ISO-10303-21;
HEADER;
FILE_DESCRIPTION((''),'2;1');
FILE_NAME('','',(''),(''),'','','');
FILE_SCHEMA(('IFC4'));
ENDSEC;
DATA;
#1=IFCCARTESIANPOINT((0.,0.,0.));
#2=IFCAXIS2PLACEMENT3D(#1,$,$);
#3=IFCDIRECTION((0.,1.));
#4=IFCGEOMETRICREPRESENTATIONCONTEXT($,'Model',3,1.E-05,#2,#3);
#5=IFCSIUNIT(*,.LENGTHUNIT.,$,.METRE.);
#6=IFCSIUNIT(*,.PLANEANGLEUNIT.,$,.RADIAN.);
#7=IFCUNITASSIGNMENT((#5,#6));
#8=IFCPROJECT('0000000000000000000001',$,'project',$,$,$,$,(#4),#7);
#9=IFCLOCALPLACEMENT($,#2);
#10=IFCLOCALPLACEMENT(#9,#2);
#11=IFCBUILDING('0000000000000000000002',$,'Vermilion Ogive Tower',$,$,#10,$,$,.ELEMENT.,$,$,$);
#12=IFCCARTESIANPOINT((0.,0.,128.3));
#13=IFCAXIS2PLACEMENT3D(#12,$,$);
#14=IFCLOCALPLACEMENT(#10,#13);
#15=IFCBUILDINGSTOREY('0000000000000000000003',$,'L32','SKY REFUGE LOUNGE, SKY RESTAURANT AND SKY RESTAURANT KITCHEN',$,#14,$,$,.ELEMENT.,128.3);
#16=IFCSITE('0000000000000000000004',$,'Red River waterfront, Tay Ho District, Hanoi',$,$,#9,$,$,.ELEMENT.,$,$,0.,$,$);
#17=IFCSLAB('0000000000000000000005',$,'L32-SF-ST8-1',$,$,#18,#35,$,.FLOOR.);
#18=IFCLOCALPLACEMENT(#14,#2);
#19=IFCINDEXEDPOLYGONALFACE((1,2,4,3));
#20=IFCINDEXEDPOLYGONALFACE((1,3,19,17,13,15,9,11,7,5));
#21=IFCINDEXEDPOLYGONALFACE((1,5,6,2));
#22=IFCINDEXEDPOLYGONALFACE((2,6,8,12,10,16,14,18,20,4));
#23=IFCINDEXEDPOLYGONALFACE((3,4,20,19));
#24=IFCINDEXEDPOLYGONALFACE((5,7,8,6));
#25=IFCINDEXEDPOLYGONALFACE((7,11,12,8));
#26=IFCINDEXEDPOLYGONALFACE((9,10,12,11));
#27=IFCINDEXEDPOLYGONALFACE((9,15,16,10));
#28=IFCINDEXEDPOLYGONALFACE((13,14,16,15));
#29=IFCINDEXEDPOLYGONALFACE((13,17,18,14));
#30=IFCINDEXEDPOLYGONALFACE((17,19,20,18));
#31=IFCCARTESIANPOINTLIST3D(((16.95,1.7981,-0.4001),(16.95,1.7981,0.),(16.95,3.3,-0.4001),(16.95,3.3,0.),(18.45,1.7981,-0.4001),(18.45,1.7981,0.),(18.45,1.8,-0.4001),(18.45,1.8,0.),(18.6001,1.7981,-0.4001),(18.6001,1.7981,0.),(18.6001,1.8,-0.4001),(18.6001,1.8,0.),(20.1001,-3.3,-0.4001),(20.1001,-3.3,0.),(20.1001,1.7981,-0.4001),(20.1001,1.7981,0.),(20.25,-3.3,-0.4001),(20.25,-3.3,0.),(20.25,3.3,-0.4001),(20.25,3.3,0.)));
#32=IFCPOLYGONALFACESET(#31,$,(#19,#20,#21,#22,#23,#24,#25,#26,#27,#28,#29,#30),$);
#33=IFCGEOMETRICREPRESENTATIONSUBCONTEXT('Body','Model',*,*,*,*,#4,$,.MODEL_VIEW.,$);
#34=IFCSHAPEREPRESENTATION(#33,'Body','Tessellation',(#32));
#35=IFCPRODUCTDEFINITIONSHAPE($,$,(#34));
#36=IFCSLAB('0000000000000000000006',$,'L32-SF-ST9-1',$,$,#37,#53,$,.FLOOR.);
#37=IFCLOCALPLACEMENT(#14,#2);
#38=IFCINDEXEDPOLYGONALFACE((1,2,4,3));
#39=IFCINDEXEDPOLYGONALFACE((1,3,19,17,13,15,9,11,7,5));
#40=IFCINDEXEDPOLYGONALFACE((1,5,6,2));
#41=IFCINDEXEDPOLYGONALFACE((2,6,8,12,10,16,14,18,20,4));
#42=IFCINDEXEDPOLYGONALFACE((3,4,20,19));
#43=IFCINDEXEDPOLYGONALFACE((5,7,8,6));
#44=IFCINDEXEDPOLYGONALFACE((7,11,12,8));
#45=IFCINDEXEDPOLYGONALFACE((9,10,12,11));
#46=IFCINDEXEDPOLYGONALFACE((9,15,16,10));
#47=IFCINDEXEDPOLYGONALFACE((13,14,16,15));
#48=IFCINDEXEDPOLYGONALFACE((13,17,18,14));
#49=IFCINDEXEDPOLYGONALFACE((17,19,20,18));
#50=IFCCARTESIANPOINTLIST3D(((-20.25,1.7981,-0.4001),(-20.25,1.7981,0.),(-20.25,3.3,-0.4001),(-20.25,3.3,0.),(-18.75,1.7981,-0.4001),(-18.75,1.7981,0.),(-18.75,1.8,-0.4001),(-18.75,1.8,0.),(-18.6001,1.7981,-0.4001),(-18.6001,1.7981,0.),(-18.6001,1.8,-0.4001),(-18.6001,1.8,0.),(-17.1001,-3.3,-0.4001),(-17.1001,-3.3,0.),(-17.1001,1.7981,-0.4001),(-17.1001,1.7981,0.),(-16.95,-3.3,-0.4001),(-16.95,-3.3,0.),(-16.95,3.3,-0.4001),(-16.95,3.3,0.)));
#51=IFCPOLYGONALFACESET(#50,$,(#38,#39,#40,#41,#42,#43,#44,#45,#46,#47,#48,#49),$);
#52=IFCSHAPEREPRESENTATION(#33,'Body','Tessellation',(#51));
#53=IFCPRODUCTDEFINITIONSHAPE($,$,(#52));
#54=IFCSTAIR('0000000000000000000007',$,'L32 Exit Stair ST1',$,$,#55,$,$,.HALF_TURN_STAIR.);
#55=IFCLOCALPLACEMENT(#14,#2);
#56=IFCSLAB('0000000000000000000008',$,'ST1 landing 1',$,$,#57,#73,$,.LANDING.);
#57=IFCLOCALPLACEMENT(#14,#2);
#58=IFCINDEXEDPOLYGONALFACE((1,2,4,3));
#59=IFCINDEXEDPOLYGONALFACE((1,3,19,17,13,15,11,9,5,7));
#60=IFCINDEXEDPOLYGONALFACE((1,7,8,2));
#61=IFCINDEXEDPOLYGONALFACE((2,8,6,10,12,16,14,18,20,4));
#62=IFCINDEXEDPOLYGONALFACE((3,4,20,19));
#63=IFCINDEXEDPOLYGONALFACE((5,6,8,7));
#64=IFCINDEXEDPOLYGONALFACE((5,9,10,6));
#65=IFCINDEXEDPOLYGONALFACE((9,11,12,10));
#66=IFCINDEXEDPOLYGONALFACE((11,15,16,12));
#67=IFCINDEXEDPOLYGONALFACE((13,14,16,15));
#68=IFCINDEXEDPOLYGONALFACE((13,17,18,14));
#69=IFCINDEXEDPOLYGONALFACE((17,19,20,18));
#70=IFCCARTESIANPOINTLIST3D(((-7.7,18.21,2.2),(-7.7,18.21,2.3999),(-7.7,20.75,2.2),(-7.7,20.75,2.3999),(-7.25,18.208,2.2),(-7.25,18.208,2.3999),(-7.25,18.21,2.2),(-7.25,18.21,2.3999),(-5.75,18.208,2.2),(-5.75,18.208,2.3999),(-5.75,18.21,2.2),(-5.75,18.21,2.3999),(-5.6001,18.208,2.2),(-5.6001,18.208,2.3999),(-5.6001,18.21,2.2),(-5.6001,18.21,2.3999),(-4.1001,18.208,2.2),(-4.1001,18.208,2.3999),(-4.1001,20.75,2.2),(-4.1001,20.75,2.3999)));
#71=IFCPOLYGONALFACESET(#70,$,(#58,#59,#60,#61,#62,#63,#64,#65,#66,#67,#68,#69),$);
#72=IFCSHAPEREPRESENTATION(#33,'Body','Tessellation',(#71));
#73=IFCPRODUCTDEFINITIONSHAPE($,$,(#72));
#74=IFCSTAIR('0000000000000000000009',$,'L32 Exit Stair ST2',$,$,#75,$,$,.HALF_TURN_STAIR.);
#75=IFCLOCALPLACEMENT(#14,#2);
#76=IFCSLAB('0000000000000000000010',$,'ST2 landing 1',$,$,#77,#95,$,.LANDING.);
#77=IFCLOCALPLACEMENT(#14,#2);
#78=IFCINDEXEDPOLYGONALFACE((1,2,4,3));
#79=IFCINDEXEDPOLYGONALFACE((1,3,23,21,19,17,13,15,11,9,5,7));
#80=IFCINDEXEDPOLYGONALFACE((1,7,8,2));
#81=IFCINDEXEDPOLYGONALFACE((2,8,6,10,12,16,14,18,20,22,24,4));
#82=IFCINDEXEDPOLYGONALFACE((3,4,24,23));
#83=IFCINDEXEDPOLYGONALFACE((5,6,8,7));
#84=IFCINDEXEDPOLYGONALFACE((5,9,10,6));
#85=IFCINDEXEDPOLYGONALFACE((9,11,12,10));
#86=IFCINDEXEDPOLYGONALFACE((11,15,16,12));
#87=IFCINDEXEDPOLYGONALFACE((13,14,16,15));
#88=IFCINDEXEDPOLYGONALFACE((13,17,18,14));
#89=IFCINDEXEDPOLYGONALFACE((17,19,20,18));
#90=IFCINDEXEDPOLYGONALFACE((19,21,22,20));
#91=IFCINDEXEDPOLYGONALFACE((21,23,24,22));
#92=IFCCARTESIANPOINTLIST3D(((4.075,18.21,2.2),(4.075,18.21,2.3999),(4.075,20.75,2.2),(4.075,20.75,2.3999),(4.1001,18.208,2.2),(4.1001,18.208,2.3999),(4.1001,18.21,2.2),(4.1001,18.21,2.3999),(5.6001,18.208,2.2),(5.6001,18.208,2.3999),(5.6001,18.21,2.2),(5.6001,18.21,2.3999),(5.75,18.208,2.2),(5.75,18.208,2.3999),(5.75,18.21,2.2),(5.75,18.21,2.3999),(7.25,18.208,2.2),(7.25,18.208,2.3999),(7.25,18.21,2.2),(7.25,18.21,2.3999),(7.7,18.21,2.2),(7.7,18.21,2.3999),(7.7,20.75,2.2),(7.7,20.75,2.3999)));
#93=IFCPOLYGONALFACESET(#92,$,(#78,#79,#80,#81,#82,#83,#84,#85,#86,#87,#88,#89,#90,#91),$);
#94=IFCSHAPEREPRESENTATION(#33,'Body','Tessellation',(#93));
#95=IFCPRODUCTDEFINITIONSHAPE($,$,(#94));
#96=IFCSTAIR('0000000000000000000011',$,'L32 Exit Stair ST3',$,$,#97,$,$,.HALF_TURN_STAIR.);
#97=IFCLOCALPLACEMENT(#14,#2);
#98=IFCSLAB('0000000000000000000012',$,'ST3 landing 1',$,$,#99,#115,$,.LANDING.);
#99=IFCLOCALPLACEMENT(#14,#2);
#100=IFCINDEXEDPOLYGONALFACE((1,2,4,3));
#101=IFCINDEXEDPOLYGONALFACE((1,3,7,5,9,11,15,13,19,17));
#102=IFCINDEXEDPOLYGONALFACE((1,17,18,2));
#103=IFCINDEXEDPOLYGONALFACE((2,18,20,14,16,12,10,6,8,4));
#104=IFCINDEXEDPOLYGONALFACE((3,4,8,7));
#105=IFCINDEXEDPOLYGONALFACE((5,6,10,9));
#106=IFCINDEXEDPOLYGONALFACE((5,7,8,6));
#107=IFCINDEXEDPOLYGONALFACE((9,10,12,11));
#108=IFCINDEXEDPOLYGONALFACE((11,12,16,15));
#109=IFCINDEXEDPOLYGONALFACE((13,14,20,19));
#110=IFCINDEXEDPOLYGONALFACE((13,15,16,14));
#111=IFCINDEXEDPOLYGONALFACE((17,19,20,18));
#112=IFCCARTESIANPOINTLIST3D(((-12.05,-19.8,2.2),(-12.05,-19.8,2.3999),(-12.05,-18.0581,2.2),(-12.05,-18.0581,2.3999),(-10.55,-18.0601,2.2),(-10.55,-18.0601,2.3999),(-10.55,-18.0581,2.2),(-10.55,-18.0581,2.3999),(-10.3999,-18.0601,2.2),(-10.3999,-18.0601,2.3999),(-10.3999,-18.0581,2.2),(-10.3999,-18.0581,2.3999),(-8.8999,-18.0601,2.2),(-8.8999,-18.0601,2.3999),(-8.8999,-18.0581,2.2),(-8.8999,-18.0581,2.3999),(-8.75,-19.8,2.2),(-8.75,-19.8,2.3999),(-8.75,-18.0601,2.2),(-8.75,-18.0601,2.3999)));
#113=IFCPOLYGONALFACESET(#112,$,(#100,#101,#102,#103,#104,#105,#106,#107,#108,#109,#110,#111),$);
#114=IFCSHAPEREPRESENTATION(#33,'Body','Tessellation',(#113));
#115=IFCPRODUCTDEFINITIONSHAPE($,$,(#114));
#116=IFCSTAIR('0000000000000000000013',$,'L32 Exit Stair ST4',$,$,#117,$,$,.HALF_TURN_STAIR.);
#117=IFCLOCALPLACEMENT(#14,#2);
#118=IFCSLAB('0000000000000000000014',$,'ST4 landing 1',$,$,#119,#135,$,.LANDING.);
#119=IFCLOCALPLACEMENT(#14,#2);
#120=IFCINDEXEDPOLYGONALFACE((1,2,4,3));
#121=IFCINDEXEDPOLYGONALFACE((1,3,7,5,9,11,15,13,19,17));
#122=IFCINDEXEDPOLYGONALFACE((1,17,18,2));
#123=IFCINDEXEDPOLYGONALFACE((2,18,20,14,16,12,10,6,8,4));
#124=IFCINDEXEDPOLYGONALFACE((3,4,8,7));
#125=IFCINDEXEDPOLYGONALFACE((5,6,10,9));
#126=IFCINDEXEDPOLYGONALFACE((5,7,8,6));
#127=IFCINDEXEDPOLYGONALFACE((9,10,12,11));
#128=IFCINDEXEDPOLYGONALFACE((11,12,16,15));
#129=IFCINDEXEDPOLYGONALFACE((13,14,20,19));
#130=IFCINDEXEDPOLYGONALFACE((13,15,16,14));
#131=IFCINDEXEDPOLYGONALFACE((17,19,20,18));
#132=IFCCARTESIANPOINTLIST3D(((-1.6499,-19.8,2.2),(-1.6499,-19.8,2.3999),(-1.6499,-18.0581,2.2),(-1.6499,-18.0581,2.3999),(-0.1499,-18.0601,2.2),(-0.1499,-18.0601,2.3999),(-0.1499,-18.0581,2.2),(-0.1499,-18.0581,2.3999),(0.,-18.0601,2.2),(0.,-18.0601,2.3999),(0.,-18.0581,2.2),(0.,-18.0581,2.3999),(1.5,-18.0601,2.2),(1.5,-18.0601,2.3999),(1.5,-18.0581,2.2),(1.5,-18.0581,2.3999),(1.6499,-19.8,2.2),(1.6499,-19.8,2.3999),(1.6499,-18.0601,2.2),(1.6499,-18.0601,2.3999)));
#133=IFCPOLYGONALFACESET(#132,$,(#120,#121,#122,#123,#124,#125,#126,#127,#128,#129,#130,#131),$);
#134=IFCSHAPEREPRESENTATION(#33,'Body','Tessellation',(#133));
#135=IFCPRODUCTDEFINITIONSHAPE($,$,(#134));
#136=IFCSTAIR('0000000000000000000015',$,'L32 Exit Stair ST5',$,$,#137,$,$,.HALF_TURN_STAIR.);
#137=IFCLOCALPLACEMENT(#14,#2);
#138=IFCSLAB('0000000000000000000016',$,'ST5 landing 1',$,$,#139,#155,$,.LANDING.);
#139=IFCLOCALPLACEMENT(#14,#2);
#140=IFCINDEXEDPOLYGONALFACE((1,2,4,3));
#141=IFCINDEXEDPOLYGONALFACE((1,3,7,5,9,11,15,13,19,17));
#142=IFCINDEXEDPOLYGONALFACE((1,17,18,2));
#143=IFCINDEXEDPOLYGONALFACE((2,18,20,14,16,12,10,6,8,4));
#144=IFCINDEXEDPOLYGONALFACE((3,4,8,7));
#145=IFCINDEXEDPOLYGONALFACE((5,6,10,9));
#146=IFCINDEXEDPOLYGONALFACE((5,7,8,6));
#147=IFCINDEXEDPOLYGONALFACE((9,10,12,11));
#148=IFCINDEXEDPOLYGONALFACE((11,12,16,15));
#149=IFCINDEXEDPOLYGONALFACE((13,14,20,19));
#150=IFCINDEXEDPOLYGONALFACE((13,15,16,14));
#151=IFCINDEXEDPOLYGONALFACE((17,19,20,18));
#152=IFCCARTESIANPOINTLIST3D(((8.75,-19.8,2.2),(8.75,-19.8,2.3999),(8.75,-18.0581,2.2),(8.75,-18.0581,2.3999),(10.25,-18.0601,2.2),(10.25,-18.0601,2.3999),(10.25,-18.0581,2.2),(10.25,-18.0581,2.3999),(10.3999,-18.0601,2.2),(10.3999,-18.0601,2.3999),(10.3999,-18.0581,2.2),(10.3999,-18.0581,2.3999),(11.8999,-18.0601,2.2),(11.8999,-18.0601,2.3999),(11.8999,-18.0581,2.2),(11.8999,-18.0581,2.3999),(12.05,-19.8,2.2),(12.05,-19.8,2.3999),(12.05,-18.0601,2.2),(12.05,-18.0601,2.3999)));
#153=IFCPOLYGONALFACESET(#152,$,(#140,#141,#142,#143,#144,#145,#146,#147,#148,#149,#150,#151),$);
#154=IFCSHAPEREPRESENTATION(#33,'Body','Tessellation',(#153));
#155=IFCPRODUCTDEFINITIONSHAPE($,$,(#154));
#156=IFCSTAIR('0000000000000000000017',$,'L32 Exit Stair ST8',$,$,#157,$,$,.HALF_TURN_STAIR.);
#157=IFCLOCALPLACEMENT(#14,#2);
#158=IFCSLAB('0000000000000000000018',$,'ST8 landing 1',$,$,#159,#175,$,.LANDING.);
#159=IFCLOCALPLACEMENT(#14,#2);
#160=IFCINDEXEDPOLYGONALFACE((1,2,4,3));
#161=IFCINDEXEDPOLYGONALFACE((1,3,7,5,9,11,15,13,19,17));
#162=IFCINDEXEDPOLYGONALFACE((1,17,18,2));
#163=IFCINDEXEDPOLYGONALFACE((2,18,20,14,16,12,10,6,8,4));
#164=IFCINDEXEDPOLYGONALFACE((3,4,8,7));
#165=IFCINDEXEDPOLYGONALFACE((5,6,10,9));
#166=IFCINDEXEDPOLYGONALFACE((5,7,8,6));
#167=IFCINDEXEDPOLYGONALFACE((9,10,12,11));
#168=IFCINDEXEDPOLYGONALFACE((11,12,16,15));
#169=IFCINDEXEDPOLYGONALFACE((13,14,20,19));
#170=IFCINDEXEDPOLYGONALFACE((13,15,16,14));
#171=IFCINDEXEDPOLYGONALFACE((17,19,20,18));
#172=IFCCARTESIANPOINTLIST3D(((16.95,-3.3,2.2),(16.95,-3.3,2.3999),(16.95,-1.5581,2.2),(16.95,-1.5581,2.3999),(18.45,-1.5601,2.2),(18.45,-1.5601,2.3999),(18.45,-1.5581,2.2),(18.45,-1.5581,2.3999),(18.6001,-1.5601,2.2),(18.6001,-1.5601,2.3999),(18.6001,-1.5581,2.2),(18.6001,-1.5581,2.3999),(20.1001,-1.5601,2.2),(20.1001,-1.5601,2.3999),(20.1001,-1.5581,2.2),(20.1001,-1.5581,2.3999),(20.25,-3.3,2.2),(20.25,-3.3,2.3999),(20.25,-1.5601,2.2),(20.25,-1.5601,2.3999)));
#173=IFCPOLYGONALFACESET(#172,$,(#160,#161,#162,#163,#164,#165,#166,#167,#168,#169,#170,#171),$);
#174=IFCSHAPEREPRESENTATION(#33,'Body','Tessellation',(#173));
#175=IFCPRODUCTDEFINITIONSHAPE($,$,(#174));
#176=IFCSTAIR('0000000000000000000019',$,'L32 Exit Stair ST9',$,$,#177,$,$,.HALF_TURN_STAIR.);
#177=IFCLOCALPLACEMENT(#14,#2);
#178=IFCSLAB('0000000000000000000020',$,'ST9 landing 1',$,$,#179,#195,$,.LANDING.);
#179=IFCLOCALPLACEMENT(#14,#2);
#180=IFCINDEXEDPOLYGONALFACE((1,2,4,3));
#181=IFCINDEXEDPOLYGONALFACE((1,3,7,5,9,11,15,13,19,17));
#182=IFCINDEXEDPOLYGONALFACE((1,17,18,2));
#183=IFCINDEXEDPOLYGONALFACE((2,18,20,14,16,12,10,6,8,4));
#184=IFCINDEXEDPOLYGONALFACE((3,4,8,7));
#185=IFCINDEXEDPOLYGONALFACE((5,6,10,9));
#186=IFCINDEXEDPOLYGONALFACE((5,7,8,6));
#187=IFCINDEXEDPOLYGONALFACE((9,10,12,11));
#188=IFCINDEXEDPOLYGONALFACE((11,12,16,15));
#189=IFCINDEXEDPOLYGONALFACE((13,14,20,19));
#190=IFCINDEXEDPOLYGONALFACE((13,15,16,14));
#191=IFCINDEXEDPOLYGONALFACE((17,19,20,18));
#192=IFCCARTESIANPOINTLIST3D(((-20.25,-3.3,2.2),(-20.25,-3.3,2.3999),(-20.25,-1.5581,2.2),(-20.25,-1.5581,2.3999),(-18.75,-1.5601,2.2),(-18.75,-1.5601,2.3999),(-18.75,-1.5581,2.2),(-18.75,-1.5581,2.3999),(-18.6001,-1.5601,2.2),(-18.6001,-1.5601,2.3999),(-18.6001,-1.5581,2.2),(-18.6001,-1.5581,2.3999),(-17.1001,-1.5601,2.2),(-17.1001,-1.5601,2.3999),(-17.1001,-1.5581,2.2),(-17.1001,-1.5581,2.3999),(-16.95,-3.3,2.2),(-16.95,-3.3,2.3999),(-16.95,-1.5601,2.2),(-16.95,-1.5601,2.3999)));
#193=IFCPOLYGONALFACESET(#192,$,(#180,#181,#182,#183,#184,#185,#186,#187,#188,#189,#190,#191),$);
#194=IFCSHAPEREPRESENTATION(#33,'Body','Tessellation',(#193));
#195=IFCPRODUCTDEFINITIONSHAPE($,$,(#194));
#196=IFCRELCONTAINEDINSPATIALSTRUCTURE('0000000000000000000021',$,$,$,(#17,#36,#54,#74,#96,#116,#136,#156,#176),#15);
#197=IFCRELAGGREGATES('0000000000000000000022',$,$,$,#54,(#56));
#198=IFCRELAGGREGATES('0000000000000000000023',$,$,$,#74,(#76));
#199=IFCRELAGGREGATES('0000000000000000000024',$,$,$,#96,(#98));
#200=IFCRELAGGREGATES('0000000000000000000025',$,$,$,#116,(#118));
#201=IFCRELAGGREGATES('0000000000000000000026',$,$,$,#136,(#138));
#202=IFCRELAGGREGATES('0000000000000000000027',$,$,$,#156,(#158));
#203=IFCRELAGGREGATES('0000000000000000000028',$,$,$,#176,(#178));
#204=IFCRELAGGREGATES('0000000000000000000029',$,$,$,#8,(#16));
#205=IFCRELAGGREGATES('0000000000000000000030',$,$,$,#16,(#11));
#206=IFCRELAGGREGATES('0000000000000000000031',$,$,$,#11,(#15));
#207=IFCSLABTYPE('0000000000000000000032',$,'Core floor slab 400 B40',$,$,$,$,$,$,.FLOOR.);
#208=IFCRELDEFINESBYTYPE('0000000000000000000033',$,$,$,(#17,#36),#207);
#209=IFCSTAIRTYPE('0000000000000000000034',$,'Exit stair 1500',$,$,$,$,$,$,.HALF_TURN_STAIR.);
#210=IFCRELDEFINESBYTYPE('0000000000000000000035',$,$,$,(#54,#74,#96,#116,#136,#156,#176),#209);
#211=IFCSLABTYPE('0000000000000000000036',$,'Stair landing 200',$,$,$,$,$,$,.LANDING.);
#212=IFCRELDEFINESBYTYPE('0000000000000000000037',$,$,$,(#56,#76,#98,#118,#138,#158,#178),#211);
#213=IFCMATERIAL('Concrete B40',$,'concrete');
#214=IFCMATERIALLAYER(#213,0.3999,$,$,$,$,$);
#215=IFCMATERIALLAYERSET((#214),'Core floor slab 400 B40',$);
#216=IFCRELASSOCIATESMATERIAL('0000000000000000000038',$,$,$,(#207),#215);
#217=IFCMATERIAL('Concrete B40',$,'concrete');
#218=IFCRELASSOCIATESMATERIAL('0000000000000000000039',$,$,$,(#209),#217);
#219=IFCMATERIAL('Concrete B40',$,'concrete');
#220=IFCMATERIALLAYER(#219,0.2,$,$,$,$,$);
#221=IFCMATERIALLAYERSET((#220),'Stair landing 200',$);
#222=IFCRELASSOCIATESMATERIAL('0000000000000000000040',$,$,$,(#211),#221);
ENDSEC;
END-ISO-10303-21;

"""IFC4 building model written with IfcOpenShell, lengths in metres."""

from ifc_helpers import new_model, si_unit, direction, frame, origin, place, context, subcontext, project, spatial, polyline, outline, extrude, material, layer, layer_set, type_object, element, aggregate, save


model = new_model("IFC4")

# Units and contexts
model_context = context("Model", 3, precision=1e-05, world=origin(), true_north=direction((0.0, 1.0)))
body_context = subcontext(model_context, "Body", "Model", "MODEL_VIEW")
ifc_project = project(units=[si_unit("LENGTHUNIT", "METRE"), si_unit("PLANEANGLEUNIT", "RADIAN")], contexts=[model_context])

# Site, building, storey
site_placement = place(None, origin())
site = spatial("IfcSite", under=ifc_project, at=site_placement, Name="Red River waterfront, Tay Ho District, Hanoi", CompositionType="ELEMENT", RefElevation=0.0)
building_placement = place(site_placement, origin())
building = spatial("IfcBuilding", under=site, at=building_placement, Name="Vermilion Ogive Tower", CompositionType="ELEMENT")
storey_placement = place(building_placement, frame((0.0, 0.0, 128.3)))
storey = spatial("IfcBuildingStorey", under=building, at=storey_placement, Name="L32", Description="SKY REFUGE LOUNGE, SKY RESTAURANT AND SKY RESTAURANT KITCHEN", CompositionType="ELEMENT", Elevation=128.3)

# Slabs
ifc_material_1 = material(Name="Concrete B40", Category="concrete")
ifc_layer_1 = layer(ifc_material_1, 0.3999)
ifc_layer_set_1 = layer_set([ifc_layer_1], Name="Core floor slab 400 B40")
slab_type_1 = type_object("IfcSlabType", Name="Core floor slab 400 B40", PredefinedType="FLOOR", material=ifc_layer_set_1)
slab_1_placement = place(storey_placement, frame((0.0, 0.0, -0.4001)))
element("IfcSlab", 1, at=slab_1_placement, inside=storey, type_object=slab_type_1, Name="L32-SF-ST8-1", PredefinedType="FLOOR", context=body_context, shape_type="SweptSolid", body=[
    extrude(outline(polyline([(16.95, 3.3), (16.95, 1.7981), (18.45, 1.7981), (18.45, 1.8), (18.6001, 1.8), (18.6001, 1.7981), (20.1001, 1.7981), (20.1001, -3.3), (20.25, -3.3), (20.25, 3.3), (16.95, 3.3)])), origin(), (0.0, 0.0, 1.0), 0.4001),
])
slab_2_placement = place(storey_placement, frame((0.0, 0.0, -0.4001)))
element("IfcSlab", 2, at=slab_2_placement, inside=storey, type_object=slab_type_1, Name="L32-SF-ST9-1", PredefinedType="FLOOR", context=body_context, shape_type="SweptSolid", body=[
    extrude(outline(polyline([(-20.25, 3.3), (-20.25, 1.7981), (-18.75, 1.7981), (-18.75, 1.8), (-18.6001, 1.8), (-18.6001, 1.7981), (-17.1001, 1.7981), (-17.1001, -3.3), (-16.95, -3.3), (-16.95, 3.3), (-20.25, 3.3)])), origin(), (0.0, 0.0, 1.0), 0.4001),
])

# Stairs, slabs
ifc_material_2 = material(Name="Concrete B40", Category="concrete")
stair_type = type_object("IfcStairType", Name="Exit stair 1500", PredefinedType="HALF_TURN_STAIR", material=ifc_material_2)
stair_1_placement = place(storey_placement, origin())
stair_1 = element("IfcStair", 3, at=stair_1_placement, inside=storey, type_object=stair_type, Name="L32 Exit Stair ST1", PredefinedType="HALF_TURN_STAIR")
ifc_material_3 = material(Name="Concrete B40", Category="concrete")
ifc_layer_2 = layer(ifc_material_3, 0.2)
ifc_layer_set_2 = layer_set([ifc_layer_2], Name="Stair landing 200")
slab_type_2 = type_object("IfcSlabType", Name="Stair landing 200", PredefinedType="LANDING", material=ifc_layer_set_2)
slab_3_placement = place(storey_placement, frame((0.0, 0.0, 2.2)))
slab_3 = element("IfcSlab", 4, at=slab_3_placement, type_object=slab_type_2, Name="ST1 landing 1", PredefinedType="LANDING", context=body_context, shape_type="SweptSolid", body=[
    extrude(outline(polyline([(-7.7, 18.21), (-7.25, 18.21), (-7.25, 18.208), (-5.75, 18.208), (-5.75, 18.21), (-5.6001, 18.21), (-5.6001, 18.208), (-4.1001, 18.208), (-4.1001, 20.75), (-7.7, 20.75), (-7.7, 18.21)])), origin(), (0.0, 0.0, 1.0), 0.2),
])
aggregate(stair_1, [slab_3])
stair_2_placement = place(storey_placement, origin())
stair_2 = element("IfcStair", 5, at=stair_2_placement, inside=storey, type_object=stair_type, Name="L32 Exit Stair ST2", PredefinedType="HALF_TURN_STAIR")
slab_4_placement = place(storey_placement, frame((0.0, 0.0, 2.2)))
slab_4 = element("IfcSlab", 6, at=slab_4_placement, type_object=slab_type_2, Name="ST2 landing 1", PredefinedType="LANDING", context=body_context, shape_type="SweptSolid", body=[
    extrude(outline(polyline([(5.6001, 18.21), (5.75, 18.21), (5.75, 18.208), (7.25, 18.208), (7.25, 18.21), (7.7, 18.21), (7.7, 20.75), (4.075, 20.75), (4.075, 18.21), (4.1001, 18.21), (4.1001, 18.208), (5.6001, 18.208), (5.6001, 18.21)])), origin(), (0.0, 0.0, 1.0), 0.2),
])
aggregate(stair_2, [slab_4])
stair_3_placement = place(storey_placement, origin())
stair_3 = element("IfcStair", 7, at=stair_3_placement, inside=storey, type_object=stair_type, Name="L32 Exit Stair ST3", PredefinedType="HALF_TURN_STAIR")
slab_5_placement = place(storey_placement, frame((0.0, 0.0, 2.2)))
slab_5 = element("IfcSlab", 8, at=slab_5_placement, type_object=slab_type_2, Name="ST3 landing 1", PredefinedType="LANDING", context=body_context, shape_type="SweptSolid", body=[
    extrude(outline(polyline([(-8.75, -18.0601), (-8.8999, -18.0601), (-8.8999, -18.0581), (-10.3999, -18.0581), (-10.3999, -18.0601), (-10.55, -18.0601), (-10.55, -18.0581), (-12.05, -18.0581), (-12.05, -19.8), (-8.75, -19.8), (-8.75, -18.0601)])), origin(), (0.0, 0.0, 1.0), 0.2),
])
aggregate(stair_3, [slab_5])
stair_4_placement = place(storey_placement, origin())
stair_4 = element("IfcStair", 9, at=stair_4_placement, inside=storey, type_object=stair_type, Name="L32 Exit Stair ST4", PredefinedType="HALF_TURN_STAIR")
slab_6_placement = place(storey_placement, frame((0.0, 0.0, 2.2)))
slab_6 = element("IfcSlab", 10, at=slab_6_placement, type_object=slab_type_2, Name="ST4 landing 1", PredefinedType="LANDING", context=body_context, shape_type="SweptSolid", body=[
    extrude(outline(polyline([(1.6499, -18.0601), (1.5, -18.0601), (1.5, -18.0581), (0.0, -18.0581), (0.0, -18.0601), (-0.1499, -18.0601), (-0.1499, -18.0581), (-1.6499, -18.0581), (-1.6499, -19.8), (1.6499, -19.8), (1.6499, -18.0601)])), origin(), (0.0, 0.0, 1.0), 0.2),
])
aggregate(stair_4, [slab_6])
stair_5_placement = place(storey_placement, origin())
stair_5 = element("IfcStair", 11, at=stair_5_placement, inside=storey, type_object=stair_type, Name="L32 Exit Stair ST5", PredefinedType="HALF_TURN_STAIR")
slab_7_placement = place(storey_placement, frame((0.0, 0.0, 2.2)))
slab_7 = element("IfcSlab", 12, at=slab_7_placement, type_object=slab_type_2, Name="ST5 landing 1", PredefinedType="LANDING", context=body_context, shape_type="SweptSolid", body=[
    extrude(outline(polyline([(12.05, -18.0601), (11.8999, -18.0601), (11.8999, -18.0581), (10.3999, -18.0581), (10.3999, -18.0601), (10.25, -18.0601), (10.25, -18.0581), (8.75, -18.0581), (8.75, -19.8), (12.05, -19.8), (12.05, -18.0601)])), origin(), (0.0, 0.0, 1.0), 0.2),
])
aggregate(stair_5, [slab_7])
stair_6_placement = place(storey_placement, origin())
stair_6 = element("IfcStair", 13, at=stair_6_placement, inside=storey, type_object=stair_type, Name="L32 Exit Stair ST8", PredefinedType="HALF_TURN_STAIR")
slab_8_placement = place(storey_placement, frame((0.0, 0.0, 2.2)))
slab_8 = element("IfcSlab", 14, at=slab_8_placement, type_object=slab_type_2, Name="ST8 landing 1", PredefinedType="LANDING", context=body_context, shape_type="SweptSolid", body=[
    extrude(outline(polyline([(20.25, -1.5601), (20.1001, -1.5601), (20.1001, -1.5581), (18.6001, -1.5581), (18.6001, -1.5601), (18.45, -1.5601), (18.45, -1.5581), (16.95, -1.5581), (16.95, -3.3), (20.25, -3.3), (20.25, -1.5601)])), origin(), (0.0, 0.0, 1.0), 0.2),
])
aggregate(stair_6, [slab_8])
stair_7_placement = place(storey_placement, origin())
stair_7 = element("IfcStair", 15, at=stair_7_placement, inside=storey, type_object=stair_type, Name="L32 Exit Stair ST9", PredefinedType="HALF_TURN_STAIR")
slab_9_placement = place(storey_placement, frame((0.0, 0.0, 2.2)))
slab_9 = element("IfcSlab", 16, at=slab_9_placement, type_object=slab_type_2, Name="ST9 landing 1", PredefinedType="LANDING", context=body_context, shape_type="SweptSolid", body=[
    extrude(outline(polyline([(-16.95, -1.5601), (-17.1001, -1.5601), (-17.1001, -1.5581), (-18.6001, -1.5581), (-18.6001, -1.5601), (-18.75, -1.5601), (-18.75, -1.5581), (-20.25, -1.5581), (-20.25, -3.3), (-16.95, -3.3), (-16.95, -1.5601)])), origin(), (0.0, 0.0, 1.0), 0.2),
])
aggregate(stair_7, [slab_9])

save(model, "model.ifc")
